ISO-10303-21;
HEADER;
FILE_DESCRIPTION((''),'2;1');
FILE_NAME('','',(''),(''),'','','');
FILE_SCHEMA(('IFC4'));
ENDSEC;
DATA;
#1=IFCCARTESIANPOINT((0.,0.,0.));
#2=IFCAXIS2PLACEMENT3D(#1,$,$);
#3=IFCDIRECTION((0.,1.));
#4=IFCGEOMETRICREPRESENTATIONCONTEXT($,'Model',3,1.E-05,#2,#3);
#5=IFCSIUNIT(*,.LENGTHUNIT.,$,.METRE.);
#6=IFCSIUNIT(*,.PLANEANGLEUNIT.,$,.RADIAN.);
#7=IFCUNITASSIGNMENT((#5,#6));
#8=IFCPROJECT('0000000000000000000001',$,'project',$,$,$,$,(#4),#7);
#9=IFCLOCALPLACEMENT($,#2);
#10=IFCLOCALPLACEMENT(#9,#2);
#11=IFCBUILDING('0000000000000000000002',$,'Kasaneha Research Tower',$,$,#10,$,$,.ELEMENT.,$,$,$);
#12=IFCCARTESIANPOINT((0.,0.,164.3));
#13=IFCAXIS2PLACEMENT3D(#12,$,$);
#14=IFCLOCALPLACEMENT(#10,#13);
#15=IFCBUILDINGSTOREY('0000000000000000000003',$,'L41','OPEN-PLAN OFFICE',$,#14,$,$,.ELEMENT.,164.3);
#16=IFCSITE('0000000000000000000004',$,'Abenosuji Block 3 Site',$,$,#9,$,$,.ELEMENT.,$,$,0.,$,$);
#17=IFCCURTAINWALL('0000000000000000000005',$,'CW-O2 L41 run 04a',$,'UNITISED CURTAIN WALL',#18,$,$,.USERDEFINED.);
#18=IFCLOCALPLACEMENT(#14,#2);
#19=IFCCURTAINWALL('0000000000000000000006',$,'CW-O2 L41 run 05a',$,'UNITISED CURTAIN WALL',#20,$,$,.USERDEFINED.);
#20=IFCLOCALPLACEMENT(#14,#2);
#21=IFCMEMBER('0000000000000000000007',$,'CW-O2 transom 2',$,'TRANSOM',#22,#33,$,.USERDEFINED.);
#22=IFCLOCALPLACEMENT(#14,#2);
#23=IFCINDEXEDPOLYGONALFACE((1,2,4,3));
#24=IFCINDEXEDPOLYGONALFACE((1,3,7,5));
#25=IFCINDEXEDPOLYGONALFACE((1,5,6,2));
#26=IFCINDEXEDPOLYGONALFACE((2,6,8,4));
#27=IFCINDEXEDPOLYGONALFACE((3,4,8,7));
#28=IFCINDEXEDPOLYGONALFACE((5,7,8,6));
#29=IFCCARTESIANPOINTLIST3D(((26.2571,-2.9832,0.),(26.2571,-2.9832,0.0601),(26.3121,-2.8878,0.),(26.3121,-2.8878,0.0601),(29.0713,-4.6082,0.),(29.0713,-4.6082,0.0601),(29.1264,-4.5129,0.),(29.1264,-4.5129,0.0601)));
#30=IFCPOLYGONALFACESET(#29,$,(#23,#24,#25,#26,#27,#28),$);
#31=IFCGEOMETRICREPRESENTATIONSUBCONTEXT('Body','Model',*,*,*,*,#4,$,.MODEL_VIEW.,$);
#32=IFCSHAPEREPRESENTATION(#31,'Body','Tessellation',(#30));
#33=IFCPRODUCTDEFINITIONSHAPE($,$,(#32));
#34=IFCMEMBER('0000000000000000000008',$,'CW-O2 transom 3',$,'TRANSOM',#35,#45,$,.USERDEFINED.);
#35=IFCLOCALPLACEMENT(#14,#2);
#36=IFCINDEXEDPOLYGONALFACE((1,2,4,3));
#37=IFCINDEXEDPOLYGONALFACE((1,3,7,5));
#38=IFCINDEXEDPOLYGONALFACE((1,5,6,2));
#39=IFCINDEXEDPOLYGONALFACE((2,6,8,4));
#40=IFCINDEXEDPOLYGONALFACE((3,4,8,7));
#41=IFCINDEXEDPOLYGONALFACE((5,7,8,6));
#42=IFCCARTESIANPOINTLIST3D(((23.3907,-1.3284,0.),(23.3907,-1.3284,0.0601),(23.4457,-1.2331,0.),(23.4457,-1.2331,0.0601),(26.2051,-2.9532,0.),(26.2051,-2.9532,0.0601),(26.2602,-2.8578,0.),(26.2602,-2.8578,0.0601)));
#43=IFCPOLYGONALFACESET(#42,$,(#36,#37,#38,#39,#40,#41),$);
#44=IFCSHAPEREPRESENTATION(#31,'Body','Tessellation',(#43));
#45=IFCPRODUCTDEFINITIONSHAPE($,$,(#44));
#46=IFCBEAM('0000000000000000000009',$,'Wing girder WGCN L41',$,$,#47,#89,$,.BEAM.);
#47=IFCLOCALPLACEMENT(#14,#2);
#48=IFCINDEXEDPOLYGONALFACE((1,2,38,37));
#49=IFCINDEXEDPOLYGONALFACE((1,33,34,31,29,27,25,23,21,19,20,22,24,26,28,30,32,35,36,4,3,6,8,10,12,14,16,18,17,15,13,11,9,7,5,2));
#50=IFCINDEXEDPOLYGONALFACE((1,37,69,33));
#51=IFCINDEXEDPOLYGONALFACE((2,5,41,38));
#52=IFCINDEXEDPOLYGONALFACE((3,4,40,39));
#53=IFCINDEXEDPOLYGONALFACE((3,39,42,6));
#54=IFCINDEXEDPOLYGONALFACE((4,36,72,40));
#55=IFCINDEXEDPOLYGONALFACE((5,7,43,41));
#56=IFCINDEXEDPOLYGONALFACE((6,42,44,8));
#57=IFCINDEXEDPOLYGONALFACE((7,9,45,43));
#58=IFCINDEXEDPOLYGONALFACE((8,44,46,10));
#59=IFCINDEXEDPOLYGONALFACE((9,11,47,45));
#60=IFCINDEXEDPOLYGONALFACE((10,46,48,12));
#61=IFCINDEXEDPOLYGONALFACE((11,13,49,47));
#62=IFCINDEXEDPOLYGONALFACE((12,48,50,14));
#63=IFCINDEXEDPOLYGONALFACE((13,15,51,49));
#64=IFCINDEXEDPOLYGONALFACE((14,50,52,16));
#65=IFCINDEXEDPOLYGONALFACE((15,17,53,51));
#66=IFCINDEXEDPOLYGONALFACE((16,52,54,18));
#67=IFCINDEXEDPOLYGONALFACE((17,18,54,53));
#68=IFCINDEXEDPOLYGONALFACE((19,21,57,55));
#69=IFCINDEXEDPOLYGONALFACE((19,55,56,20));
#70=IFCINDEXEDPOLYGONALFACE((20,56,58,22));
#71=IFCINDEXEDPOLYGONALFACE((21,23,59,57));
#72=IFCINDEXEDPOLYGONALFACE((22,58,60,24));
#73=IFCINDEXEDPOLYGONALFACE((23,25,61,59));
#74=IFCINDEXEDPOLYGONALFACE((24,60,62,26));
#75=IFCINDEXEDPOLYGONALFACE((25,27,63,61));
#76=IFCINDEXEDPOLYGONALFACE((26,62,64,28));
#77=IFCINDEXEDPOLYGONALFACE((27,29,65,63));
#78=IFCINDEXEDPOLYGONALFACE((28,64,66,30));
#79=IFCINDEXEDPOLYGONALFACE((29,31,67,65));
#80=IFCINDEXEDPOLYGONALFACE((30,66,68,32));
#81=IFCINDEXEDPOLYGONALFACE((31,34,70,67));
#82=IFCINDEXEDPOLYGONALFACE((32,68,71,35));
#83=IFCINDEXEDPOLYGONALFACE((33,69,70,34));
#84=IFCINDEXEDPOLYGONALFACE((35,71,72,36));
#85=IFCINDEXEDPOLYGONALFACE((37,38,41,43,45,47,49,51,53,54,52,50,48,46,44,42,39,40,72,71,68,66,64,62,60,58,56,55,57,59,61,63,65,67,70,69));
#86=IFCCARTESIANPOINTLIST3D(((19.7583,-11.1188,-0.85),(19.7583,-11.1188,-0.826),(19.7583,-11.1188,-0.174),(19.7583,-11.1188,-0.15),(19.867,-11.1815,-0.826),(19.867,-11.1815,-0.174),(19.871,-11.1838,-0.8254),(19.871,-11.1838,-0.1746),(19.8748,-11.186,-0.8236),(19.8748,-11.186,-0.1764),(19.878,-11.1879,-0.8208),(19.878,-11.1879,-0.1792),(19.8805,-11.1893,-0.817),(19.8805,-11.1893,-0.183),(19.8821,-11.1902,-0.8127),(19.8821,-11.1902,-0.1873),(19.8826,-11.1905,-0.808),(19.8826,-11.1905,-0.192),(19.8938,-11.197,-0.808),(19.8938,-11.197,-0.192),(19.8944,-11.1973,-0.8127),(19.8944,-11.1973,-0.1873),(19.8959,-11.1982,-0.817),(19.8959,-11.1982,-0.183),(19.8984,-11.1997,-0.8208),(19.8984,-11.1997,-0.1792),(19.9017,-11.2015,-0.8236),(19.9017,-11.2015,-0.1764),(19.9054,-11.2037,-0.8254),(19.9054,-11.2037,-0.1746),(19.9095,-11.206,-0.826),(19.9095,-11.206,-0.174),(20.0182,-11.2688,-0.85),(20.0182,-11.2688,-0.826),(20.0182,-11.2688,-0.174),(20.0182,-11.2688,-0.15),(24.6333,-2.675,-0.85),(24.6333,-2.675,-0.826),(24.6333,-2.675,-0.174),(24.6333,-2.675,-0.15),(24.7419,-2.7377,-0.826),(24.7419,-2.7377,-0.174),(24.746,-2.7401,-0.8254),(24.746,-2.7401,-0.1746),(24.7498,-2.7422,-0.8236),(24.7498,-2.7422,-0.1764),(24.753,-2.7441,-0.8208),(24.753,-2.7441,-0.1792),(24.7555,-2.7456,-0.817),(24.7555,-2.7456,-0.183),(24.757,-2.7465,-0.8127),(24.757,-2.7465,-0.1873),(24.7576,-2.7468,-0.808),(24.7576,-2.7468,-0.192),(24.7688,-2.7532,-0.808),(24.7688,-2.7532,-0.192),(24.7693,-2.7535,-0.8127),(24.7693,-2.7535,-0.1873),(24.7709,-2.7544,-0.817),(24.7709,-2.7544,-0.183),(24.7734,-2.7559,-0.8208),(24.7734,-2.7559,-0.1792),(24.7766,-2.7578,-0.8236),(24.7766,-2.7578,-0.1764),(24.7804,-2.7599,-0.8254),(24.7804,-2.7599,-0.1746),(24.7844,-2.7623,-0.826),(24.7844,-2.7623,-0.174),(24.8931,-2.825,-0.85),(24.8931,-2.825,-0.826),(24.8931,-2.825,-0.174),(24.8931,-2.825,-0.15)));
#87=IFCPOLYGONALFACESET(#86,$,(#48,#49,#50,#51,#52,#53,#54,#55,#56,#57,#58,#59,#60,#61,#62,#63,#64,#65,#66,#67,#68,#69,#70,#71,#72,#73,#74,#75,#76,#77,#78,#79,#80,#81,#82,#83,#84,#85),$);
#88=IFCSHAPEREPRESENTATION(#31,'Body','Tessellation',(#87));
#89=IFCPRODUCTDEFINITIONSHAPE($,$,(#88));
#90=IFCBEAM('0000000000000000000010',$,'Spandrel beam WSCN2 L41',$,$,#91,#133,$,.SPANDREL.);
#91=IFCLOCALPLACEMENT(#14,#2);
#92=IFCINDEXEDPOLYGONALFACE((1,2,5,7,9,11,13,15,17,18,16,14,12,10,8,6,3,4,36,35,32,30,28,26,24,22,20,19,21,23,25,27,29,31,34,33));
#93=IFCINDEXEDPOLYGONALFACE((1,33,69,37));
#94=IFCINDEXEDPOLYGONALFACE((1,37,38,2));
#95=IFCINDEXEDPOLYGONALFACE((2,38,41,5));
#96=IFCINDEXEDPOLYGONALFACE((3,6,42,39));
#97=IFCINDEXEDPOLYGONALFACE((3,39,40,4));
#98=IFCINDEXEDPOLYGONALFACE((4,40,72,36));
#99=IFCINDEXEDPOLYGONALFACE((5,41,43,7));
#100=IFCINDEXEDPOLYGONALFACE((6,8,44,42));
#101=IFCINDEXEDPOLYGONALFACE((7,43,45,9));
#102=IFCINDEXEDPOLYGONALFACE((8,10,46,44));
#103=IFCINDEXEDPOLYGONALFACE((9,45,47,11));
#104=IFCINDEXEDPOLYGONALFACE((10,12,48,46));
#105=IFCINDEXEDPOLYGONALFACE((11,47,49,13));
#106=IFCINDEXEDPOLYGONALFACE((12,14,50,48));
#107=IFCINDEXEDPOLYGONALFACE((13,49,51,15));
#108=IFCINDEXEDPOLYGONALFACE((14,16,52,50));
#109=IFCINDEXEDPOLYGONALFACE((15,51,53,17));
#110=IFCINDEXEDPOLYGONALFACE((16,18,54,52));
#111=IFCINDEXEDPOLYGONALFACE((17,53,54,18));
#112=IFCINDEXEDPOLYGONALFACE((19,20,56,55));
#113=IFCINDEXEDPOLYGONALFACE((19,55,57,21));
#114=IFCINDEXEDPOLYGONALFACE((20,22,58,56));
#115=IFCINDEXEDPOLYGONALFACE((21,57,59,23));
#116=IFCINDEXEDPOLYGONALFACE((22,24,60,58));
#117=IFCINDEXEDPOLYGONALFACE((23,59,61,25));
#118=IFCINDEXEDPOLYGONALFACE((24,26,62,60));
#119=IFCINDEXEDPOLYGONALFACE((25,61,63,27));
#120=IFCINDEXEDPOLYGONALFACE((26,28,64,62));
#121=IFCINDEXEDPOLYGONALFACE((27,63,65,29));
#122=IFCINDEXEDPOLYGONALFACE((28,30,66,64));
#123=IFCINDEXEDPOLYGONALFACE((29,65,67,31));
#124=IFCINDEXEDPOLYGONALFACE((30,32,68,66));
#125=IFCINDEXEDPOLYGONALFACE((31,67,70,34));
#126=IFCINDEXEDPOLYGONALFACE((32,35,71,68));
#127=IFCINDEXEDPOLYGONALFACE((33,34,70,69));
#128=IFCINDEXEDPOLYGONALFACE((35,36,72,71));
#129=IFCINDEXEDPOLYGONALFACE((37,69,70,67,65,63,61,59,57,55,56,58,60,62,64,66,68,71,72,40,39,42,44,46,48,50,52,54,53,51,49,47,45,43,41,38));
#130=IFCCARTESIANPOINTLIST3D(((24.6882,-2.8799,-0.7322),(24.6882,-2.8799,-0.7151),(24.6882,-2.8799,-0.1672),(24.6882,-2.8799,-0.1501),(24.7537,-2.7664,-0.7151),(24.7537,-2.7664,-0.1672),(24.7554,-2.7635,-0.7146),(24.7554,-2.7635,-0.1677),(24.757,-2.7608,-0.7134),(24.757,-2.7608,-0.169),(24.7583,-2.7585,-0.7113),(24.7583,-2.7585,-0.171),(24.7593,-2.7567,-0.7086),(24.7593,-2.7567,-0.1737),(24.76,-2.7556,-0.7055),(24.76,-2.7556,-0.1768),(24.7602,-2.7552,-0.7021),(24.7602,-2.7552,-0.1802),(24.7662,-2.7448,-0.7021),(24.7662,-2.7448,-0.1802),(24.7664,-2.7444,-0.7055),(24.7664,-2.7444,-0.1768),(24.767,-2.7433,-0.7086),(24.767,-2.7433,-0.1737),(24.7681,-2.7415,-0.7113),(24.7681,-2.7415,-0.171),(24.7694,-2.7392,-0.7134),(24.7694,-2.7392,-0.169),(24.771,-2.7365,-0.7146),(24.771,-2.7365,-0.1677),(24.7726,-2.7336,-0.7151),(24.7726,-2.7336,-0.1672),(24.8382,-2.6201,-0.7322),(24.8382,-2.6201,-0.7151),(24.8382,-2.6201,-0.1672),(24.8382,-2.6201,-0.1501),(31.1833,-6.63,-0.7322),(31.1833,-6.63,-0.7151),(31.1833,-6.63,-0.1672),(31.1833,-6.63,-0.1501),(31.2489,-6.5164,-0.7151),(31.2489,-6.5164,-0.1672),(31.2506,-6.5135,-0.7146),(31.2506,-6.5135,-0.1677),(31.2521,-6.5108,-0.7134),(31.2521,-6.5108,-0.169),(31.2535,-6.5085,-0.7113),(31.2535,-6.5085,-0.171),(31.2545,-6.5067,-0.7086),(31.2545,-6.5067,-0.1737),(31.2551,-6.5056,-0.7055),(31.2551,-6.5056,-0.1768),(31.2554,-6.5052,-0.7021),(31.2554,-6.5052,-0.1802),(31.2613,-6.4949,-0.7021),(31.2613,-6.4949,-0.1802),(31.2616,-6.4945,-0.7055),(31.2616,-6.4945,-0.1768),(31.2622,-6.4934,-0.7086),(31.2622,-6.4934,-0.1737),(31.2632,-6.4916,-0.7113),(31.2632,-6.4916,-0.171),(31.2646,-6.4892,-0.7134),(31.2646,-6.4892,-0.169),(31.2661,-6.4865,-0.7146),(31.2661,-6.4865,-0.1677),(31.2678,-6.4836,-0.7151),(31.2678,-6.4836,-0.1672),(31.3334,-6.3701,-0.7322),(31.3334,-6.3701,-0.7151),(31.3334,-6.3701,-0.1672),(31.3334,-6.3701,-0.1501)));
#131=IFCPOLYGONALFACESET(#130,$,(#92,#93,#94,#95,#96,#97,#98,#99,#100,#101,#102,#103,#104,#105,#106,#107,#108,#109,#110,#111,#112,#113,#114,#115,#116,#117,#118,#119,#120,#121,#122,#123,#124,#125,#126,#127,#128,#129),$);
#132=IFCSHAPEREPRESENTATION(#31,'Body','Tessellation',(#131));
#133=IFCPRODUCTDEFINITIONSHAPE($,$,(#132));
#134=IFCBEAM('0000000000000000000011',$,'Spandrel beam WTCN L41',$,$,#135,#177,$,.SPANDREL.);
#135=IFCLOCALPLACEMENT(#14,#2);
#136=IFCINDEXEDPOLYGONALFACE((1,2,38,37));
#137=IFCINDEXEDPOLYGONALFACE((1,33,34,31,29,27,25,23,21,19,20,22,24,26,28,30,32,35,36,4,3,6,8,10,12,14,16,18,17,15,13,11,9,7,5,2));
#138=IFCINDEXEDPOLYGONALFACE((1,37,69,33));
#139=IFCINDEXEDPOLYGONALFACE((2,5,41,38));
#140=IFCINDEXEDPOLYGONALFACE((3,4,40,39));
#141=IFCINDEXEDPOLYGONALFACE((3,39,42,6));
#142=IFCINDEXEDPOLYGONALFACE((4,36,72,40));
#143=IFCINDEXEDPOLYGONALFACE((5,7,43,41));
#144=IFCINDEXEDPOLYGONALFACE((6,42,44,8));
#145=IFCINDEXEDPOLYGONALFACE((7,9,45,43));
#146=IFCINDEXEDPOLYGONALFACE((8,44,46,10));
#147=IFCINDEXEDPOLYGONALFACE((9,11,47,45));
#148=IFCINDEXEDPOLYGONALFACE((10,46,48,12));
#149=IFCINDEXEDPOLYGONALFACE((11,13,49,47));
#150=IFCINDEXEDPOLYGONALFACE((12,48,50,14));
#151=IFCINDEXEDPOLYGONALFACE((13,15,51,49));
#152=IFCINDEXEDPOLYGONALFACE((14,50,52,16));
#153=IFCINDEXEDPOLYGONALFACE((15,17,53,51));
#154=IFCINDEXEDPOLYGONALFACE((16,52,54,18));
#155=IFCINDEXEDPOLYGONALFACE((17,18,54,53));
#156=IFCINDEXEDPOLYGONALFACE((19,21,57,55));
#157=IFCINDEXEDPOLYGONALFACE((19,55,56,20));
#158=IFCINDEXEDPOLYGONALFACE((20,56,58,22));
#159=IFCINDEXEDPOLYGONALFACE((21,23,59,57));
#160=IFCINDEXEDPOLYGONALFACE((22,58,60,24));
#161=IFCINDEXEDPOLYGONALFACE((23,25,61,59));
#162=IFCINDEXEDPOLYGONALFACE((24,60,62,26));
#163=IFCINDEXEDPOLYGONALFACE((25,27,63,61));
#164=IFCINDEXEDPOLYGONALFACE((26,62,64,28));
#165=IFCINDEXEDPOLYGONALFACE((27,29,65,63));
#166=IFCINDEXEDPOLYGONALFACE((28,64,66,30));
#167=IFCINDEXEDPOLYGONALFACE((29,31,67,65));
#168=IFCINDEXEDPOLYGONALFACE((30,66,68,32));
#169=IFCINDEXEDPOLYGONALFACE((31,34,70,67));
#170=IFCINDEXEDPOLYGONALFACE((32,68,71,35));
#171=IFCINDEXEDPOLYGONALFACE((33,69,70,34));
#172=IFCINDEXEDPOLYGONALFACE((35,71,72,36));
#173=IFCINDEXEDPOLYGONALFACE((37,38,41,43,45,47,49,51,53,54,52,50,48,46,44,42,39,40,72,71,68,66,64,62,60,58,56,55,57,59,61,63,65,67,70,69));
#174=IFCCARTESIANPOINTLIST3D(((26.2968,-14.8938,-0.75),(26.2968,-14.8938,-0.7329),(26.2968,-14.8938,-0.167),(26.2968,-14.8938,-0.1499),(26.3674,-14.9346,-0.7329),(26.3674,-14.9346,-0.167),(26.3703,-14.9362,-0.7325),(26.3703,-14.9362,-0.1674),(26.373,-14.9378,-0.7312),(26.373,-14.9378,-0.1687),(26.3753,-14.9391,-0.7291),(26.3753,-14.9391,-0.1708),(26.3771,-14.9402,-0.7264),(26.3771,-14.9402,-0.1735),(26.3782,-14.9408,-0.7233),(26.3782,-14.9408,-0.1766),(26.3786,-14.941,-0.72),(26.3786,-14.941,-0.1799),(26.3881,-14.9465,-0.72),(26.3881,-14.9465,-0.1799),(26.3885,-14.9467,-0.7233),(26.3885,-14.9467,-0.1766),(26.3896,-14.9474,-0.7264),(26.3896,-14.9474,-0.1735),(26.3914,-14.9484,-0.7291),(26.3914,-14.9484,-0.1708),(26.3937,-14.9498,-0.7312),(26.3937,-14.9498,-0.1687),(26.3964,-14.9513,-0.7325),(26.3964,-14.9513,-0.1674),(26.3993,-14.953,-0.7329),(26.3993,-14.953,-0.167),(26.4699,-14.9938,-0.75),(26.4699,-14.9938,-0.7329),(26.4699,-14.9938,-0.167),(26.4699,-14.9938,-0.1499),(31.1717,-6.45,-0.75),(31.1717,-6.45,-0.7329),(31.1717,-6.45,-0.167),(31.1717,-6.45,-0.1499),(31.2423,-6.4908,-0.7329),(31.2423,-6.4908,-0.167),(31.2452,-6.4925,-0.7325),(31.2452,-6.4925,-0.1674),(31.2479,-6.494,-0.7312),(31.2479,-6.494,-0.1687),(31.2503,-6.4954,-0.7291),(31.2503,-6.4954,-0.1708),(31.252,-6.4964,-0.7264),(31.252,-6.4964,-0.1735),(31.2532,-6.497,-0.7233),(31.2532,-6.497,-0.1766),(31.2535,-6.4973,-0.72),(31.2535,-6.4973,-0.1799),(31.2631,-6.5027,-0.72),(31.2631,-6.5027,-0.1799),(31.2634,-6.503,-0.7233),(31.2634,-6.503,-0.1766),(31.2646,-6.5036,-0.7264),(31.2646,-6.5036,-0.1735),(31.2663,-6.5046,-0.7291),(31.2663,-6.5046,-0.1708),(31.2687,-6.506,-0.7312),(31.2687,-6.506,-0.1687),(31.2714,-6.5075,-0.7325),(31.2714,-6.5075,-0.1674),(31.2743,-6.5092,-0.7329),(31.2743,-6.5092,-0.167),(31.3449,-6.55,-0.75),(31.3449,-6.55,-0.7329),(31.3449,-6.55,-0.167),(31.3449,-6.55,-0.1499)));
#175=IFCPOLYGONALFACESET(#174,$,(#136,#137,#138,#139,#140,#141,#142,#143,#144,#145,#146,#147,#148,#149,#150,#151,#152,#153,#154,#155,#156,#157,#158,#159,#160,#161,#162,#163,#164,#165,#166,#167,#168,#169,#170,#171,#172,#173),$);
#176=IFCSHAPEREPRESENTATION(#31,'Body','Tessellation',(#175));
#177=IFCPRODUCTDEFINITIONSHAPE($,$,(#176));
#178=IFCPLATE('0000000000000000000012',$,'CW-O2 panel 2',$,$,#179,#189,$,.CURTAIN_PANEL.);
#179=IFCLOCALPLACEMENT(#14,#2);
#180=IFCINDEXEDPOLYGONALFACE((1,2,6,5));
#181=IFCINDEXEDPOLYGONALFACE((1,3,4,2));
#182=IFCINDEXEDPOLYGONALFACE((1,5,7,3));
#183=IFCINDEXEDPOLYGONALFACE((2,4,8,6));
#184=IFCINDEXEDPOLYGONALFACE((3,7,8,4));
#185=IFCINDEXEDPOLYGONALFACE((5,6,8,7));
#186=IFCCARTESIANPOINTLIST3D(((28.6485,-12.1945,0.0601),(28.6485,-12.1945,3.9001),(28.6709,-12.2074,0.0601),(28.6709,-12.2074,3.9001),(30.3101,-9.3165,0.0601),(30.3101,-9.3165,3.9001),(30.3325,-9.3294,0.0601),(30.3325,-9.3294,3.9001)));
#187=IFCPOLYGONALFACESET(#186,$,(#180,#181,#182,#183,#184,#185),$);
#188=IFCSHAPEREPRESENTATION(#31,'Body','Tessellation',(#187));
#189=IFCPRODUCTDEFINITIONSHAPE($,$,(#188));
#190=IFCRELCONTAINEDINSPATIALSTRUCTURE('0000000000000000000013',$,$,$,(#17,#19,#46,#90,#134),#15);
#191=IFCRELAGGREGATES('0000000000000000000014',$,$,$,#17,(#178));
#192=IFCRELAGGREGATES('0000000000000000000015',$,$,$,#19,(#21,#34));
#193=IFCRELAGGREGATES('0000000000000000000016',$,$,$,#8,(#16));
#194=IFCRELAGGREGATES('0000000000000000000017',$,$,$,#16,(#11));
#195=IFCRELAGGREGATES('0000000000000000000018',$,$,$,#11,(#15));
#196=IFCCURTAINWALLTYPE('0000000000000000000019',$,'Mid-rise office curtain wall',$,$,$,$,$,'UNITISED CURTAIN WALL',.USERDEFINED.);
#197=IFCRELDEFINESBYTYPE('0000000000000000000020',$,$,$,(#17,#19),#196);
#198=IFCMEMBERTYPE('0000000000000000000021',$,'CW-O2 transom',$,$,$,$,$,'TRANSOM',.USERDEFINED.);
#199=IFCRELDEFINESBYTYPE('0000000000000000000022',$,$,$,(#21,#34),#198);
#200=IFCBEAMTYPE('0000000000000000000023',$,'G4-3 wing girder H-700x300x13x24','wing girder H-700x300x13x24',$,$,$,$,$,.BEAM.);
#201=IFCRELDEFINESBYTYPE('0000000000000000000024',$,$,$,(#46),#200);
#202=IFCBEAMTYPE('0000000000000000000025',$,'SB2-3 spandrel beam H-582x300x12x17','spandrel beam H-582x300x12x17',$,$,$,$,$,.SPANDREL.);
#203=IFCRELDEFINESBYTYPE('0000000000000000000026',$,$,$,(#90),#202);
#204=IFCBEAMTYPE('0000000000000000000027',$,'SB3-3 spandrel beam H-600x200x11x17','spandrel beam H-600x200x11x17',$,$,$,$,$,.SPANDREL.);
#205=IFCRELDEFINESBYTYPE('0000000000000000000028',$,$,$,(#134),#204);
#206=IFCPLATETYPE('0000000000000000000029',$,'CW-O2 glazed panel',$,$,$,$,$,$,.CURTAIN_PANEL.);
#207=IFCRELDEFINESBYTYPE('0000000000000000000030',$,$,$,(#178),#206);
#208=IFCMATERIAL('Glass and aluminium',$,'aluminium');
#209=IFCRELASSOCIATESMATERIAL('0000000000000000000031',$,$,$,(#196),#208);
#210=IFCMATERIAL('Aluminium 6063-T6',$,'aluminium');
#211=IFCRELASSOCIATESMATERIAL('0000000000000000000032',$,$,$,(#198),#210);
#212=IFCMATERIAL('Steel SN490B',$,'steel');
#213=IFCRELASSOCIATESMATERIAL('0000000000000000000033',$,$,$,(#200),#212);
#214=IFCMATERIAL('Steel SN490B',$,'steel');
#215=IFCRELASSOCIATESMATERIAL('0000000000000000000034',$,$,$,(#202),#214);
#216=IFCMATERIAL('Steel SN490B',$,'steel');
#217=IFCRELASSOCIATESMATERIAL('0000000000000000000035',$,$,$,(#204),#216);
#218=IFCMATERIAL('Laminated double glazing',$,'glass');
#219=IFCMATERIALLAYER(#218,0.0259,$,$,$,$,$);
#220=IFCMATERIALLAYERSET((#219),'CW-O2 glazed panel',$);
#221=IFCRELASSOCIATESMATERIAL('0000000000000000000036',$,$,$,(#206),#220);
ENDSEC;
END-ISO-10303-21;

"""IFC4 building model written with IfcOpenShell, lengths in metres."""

from ifc_helpers import new_model, si_unit, direction, frame, origin, origin_2d, place, context, subcontext, project, spatial, rectangle, i_section, extrude, material, layer, layer_set, material_profile, profile_set, type_object, element, aggregate, save


model = new_model("IFC4")

# Units and contexts
model_context = context("Model", 3, precision=1e-05, world=origin(), true_north=direction((0.0, 1.0)))
body_context = subcontext(model_context, "Body", "Model", "MODEL_VIEW")
ifc_project = project(units=[si_unit("LENGTHUNIT", "METRE"), si_unit("PLANEANGLEUNIT", "RADIAN")], contexts=[model_context])

# Site, building, storey
site_placement = place(None, origin())
site = spatial("IfcSite", under=ifc_project, at=site_placement, Name="Abenosuji Block 3 Site", CompositionType="ELEMENT", RefElevation=0.0)
building_placement = place(site_placement, origin())
building = spatial("IfcBuilding", under=site, at=building_placement, Name="Kasaneha Research Tower", CompositionType="ELEMENT")
storey_placement = place(building_placement, frame((0.0, 0.0, 164.3)))
storey = spatial("IfcBuildingStorey", under=building, at=storey_placement, Name="L41", Description="OPEN-PLAN OFFICE", CompositionType="ELEMENT", Elevation=164.3)

# Curtain walls
ifc_material_1 = material(Name="Glass and aluminium", Category="aluminium")
curtain_wall_type = type_object("IfcCurtainWallType", Name="Mid-rise office curtain wall", ElementType="UNITISED CURTAIN WALL", PredefinedType="USERDEFINED", material=ifc_material_1)
curtain_wall_1_placement = place(storey_placement, origin())
curtain_wall_1 = element("IfcCurtainWall", 1, at=curtain_wall_1_placement, inside=storey, type_object=curtain_wall_type, Name="CW-O2 L41 run 04a", ObjectType="UNITISED CURTAIN WALL", PredefinedType="USERDEFINED")
curtain_wall_2_placement = place(storey_placement, origin())
curtain_wall_2 = element("IfcCurtainWall", 2, at=curtain_wall_2_placement, inside=storey, type_object=curtain_wall_type, Name="CW-O2 L41 run 05a", ObjectType="UNITISED CURTAIN WALL", PredefinedType="USERDEFINED")

# Members
ifc_material_2 = material(Name="Aluminium 6063-T6", Category="aluminium")
ifc_material_profile_1 = material_profile(ifc_material_2, rectangle(XDim=0.1101, YDim=0.0601, at=origin_2d()), Name="CW-O2 transom 110x60")
ifc_profile_set_1 = profile_set([ifc_material_profile_1], Name="Aluminium 6063-T6")
member_type_1 = type_object("IfcMemberType", Name="CW-O2 transom", ElementType="TRANSOM", PredefinedType="USERDEFINED", material=ifc_profile_set_1)
member_1_placement = place(storey_placement, frame((29.0989, -4.5605, 0.03), z_axis=(-0.865997, 0.50005, 0.0), x_axis=(-0.50005, -0.865997, 0.0)))
member_1 = element("IfcMember", 3, at=member_1_placement, type_object=member_type_1, Name="CW-O2 transom 2", ObjectType="TRANSOM", PredefinedType="USERDEFINED", context=body_context, shape_type="SweptSolid", body=[
    extrude(rectangle(XDim=0.1101, YDim=0.0601, at=origin_2d()), origin(), (0.0, 0.0, 1.0), 3.2498),
])
member_2_placement = place(storey_placement, frame((26.2327, -2.9055, 0.03), z_axis=(-0.866048, 0.499961, 0.0), x_axis=(-0.499961, -0.866048, 0.0)))
member_2 = element("IfcMember", 4, at=member_2_placement, type_object=member_type_1, Name="CW-O2 transom 3", ObjectType="TRANSOM", PredefinedType="USERDEFINED", context=body_context, shape_type="SweptSolid", body=[
    extrude(rectangle(XDim=0.1101, YDim=0.0601, at=origin_2d()), origin(), (0.0, 0.0, 1.0), 3.2498),
])

# Beams
ifc_material_3 = material(Name="Steel SN490B", Category="steel")
ifc_material_profile_2 = material_profile(ifc_material_3, i_section(OverallWidth=0.3, OverallDepth=0.7, WebThickness=0.0129, FlangeThickness=0.0239, FilletRadius=0.0181, at=origin_2d()), Name="H-700x300x13x24")
ifc_profile_set_2 = profile_set([ifc_material_profile_2], Name="Steel SN490B")
beam_type_1 = type_object("IfcBeamType", Name="G4-3 wing girder H-700x300x13x24", Description="wing girder H-700x300x13x24", PredefinedType="BEAM", material=ifc_profile_set_2)
beam_1_placement = place(storey_placement, frame((24.7632, -2.75, -0.5), z_axis=(-0.499996, -0.866028, 0.0), x_axis=(0.866028, -0.499996, 0.0)))
element("IfcBeam", 5, at=beam_1_placement, inside=storey, type_object=beam_type_1, Name="Wing girder WGCN L41", PredefinedType="BEAM", context=body_context, shape_type="SweptSolid", body=[
    extrude(i_section(OverallWidth=0.3, OverallDepth=0.7, WebThickness=0.0129, FlangeThickness=0.0239, FilletRadius=0.0181, at=origin_2d()), origin(), (0.0, 0.0, 1.0), 9.75),
])
ifc_material_4 = material(Name="Steel SN490B", Category="steel")
ifc_material_profile_3 = material_profile(ifc_material_4, i_section(OverallWidth=0.3, OverallDepth=0.582, WebThickness=0.012, FlangeThickness=0.0171, FilletRadius=0.0129, at=origin_2d()), Name="H-582x300x12x17")
ifc_profile_set_3 = profile_set([ifc_material_profile_3], Name="Steel SN490B")
beam_type_2 = type_object("IfcBeamType", Name="SB2-3 spandrel beam H-582x300x12x17", Description="spandrel beam H-582x300x12x17", PredefinedType="SPANDREL", material=ifc_profile_set_3)
beam_2_placement = place(storey_placement, frame((24.7632, -2.75, -0.4412), z_axis=(0.866023, -0.500004, 0.0), x_axis=(0.500004, 0.866023, 0.0)))
element("IfcBeam", 6, at=beam_2_placement, inside=storey, type_object=beam_type_2, Name="Spandrel beam WSCN2 L41", PredefinedType="SPANDREL", context=body_context, shape_type="SweptSolid", body=[
    extrude(i_section(OverallWidth=0.3, OverallDepth=0.582, WebThickness=0.012, FlangeThickness=0.0171, FilletRadius=0.0129, at=origin_2d()), origin(), (0.0, 0.0, 1.0), 7.5),
])
ifc_material_5 = material(Name="Steel SN490B", Category="steel")
ifc_material_profile_4 = material_profile(ifc_material_5, i_section(OverallWidth=0.2, OverallDepth=0.6001, WebThickness=0.011, FlangeThickness=0.0171, FilletRadius=0.0129, at=origin_2d()), Name="H-600x200x11x17")
ifc_profile_set_4 = profile_set([ifc_material_profile_4], Name="Steel SN490B")
beam_type_3 = type_object("IfcBeamType", Name="SB3-3 spandrel beam H-600x200x11x17", Description="spandrel beam H-600x200x11x17", PredefinedType="SPANDREL", material=ifc_profile_set_4)
beam_3_placement = place(storey_placement, frame((31.2583, -6.5, -0.45), z_axis=(-0.499996, -0.866028, 0.0), x_axis=(0.866028, -0.499996, 0.0)))
element("IfcBeam", 7, at=beam_3_placement, inside=storey, type_object=beam_type_3, Name="Spandrel beam WTCN L41", PredefinedType="SPANDREL", context=body_context, shape_type="SweptSolid", body=[
    extrude(i_section(OverallWidth=0.2, OverallDepth=0.6001, WebThickness=0.011, FlangeThickness=0.0171, FilletRadius=0.0129, at=origin_2d()), origin(), (0.0, 0.0, 1.0), 9.75),
])

# Plate
ifc_material_6 = material(Name="Laminated double glazing", Category="glass")
ifc_layer_1 = layer(ifc_material_6, 0.0259)
ifc_layer_set_1 = layer_set([ifc_layer_1], Name="CW-O2 glazed panel")
plate_type = type_object("IfcPlateType", Name="CW-O2 glazed panel", PredefinedType="CURTAIN_PANEL", material=ifc_layer_set_1)
plate_1_placement = place(storey_placement, frame((29.4905, -10.762, 0.0601), z_axis=(0.0, 0.0, 1.0), x_axis=(0.5, 0.866025, 0.0)))
plate_1 = element("IfcPlate", 8, at=plate_1_placement, type_object=plate_type, Name="CW-O2 panel 2", PredefinedType="CURTAIN_PANEL", context=body_context, shape_type="SweptSolid", body=[
    extrude(rectangle(XDim=3.3232, YDim=0.0259, at=origin_2d()), origin(), (0.0, 0.0, 1.0), 3.8401),
])
aggregate(curtain_wall_1, [plate_1])
aggregate(curtain_wall_2, [member_1, member_2])

save(model, "model.ifc")
